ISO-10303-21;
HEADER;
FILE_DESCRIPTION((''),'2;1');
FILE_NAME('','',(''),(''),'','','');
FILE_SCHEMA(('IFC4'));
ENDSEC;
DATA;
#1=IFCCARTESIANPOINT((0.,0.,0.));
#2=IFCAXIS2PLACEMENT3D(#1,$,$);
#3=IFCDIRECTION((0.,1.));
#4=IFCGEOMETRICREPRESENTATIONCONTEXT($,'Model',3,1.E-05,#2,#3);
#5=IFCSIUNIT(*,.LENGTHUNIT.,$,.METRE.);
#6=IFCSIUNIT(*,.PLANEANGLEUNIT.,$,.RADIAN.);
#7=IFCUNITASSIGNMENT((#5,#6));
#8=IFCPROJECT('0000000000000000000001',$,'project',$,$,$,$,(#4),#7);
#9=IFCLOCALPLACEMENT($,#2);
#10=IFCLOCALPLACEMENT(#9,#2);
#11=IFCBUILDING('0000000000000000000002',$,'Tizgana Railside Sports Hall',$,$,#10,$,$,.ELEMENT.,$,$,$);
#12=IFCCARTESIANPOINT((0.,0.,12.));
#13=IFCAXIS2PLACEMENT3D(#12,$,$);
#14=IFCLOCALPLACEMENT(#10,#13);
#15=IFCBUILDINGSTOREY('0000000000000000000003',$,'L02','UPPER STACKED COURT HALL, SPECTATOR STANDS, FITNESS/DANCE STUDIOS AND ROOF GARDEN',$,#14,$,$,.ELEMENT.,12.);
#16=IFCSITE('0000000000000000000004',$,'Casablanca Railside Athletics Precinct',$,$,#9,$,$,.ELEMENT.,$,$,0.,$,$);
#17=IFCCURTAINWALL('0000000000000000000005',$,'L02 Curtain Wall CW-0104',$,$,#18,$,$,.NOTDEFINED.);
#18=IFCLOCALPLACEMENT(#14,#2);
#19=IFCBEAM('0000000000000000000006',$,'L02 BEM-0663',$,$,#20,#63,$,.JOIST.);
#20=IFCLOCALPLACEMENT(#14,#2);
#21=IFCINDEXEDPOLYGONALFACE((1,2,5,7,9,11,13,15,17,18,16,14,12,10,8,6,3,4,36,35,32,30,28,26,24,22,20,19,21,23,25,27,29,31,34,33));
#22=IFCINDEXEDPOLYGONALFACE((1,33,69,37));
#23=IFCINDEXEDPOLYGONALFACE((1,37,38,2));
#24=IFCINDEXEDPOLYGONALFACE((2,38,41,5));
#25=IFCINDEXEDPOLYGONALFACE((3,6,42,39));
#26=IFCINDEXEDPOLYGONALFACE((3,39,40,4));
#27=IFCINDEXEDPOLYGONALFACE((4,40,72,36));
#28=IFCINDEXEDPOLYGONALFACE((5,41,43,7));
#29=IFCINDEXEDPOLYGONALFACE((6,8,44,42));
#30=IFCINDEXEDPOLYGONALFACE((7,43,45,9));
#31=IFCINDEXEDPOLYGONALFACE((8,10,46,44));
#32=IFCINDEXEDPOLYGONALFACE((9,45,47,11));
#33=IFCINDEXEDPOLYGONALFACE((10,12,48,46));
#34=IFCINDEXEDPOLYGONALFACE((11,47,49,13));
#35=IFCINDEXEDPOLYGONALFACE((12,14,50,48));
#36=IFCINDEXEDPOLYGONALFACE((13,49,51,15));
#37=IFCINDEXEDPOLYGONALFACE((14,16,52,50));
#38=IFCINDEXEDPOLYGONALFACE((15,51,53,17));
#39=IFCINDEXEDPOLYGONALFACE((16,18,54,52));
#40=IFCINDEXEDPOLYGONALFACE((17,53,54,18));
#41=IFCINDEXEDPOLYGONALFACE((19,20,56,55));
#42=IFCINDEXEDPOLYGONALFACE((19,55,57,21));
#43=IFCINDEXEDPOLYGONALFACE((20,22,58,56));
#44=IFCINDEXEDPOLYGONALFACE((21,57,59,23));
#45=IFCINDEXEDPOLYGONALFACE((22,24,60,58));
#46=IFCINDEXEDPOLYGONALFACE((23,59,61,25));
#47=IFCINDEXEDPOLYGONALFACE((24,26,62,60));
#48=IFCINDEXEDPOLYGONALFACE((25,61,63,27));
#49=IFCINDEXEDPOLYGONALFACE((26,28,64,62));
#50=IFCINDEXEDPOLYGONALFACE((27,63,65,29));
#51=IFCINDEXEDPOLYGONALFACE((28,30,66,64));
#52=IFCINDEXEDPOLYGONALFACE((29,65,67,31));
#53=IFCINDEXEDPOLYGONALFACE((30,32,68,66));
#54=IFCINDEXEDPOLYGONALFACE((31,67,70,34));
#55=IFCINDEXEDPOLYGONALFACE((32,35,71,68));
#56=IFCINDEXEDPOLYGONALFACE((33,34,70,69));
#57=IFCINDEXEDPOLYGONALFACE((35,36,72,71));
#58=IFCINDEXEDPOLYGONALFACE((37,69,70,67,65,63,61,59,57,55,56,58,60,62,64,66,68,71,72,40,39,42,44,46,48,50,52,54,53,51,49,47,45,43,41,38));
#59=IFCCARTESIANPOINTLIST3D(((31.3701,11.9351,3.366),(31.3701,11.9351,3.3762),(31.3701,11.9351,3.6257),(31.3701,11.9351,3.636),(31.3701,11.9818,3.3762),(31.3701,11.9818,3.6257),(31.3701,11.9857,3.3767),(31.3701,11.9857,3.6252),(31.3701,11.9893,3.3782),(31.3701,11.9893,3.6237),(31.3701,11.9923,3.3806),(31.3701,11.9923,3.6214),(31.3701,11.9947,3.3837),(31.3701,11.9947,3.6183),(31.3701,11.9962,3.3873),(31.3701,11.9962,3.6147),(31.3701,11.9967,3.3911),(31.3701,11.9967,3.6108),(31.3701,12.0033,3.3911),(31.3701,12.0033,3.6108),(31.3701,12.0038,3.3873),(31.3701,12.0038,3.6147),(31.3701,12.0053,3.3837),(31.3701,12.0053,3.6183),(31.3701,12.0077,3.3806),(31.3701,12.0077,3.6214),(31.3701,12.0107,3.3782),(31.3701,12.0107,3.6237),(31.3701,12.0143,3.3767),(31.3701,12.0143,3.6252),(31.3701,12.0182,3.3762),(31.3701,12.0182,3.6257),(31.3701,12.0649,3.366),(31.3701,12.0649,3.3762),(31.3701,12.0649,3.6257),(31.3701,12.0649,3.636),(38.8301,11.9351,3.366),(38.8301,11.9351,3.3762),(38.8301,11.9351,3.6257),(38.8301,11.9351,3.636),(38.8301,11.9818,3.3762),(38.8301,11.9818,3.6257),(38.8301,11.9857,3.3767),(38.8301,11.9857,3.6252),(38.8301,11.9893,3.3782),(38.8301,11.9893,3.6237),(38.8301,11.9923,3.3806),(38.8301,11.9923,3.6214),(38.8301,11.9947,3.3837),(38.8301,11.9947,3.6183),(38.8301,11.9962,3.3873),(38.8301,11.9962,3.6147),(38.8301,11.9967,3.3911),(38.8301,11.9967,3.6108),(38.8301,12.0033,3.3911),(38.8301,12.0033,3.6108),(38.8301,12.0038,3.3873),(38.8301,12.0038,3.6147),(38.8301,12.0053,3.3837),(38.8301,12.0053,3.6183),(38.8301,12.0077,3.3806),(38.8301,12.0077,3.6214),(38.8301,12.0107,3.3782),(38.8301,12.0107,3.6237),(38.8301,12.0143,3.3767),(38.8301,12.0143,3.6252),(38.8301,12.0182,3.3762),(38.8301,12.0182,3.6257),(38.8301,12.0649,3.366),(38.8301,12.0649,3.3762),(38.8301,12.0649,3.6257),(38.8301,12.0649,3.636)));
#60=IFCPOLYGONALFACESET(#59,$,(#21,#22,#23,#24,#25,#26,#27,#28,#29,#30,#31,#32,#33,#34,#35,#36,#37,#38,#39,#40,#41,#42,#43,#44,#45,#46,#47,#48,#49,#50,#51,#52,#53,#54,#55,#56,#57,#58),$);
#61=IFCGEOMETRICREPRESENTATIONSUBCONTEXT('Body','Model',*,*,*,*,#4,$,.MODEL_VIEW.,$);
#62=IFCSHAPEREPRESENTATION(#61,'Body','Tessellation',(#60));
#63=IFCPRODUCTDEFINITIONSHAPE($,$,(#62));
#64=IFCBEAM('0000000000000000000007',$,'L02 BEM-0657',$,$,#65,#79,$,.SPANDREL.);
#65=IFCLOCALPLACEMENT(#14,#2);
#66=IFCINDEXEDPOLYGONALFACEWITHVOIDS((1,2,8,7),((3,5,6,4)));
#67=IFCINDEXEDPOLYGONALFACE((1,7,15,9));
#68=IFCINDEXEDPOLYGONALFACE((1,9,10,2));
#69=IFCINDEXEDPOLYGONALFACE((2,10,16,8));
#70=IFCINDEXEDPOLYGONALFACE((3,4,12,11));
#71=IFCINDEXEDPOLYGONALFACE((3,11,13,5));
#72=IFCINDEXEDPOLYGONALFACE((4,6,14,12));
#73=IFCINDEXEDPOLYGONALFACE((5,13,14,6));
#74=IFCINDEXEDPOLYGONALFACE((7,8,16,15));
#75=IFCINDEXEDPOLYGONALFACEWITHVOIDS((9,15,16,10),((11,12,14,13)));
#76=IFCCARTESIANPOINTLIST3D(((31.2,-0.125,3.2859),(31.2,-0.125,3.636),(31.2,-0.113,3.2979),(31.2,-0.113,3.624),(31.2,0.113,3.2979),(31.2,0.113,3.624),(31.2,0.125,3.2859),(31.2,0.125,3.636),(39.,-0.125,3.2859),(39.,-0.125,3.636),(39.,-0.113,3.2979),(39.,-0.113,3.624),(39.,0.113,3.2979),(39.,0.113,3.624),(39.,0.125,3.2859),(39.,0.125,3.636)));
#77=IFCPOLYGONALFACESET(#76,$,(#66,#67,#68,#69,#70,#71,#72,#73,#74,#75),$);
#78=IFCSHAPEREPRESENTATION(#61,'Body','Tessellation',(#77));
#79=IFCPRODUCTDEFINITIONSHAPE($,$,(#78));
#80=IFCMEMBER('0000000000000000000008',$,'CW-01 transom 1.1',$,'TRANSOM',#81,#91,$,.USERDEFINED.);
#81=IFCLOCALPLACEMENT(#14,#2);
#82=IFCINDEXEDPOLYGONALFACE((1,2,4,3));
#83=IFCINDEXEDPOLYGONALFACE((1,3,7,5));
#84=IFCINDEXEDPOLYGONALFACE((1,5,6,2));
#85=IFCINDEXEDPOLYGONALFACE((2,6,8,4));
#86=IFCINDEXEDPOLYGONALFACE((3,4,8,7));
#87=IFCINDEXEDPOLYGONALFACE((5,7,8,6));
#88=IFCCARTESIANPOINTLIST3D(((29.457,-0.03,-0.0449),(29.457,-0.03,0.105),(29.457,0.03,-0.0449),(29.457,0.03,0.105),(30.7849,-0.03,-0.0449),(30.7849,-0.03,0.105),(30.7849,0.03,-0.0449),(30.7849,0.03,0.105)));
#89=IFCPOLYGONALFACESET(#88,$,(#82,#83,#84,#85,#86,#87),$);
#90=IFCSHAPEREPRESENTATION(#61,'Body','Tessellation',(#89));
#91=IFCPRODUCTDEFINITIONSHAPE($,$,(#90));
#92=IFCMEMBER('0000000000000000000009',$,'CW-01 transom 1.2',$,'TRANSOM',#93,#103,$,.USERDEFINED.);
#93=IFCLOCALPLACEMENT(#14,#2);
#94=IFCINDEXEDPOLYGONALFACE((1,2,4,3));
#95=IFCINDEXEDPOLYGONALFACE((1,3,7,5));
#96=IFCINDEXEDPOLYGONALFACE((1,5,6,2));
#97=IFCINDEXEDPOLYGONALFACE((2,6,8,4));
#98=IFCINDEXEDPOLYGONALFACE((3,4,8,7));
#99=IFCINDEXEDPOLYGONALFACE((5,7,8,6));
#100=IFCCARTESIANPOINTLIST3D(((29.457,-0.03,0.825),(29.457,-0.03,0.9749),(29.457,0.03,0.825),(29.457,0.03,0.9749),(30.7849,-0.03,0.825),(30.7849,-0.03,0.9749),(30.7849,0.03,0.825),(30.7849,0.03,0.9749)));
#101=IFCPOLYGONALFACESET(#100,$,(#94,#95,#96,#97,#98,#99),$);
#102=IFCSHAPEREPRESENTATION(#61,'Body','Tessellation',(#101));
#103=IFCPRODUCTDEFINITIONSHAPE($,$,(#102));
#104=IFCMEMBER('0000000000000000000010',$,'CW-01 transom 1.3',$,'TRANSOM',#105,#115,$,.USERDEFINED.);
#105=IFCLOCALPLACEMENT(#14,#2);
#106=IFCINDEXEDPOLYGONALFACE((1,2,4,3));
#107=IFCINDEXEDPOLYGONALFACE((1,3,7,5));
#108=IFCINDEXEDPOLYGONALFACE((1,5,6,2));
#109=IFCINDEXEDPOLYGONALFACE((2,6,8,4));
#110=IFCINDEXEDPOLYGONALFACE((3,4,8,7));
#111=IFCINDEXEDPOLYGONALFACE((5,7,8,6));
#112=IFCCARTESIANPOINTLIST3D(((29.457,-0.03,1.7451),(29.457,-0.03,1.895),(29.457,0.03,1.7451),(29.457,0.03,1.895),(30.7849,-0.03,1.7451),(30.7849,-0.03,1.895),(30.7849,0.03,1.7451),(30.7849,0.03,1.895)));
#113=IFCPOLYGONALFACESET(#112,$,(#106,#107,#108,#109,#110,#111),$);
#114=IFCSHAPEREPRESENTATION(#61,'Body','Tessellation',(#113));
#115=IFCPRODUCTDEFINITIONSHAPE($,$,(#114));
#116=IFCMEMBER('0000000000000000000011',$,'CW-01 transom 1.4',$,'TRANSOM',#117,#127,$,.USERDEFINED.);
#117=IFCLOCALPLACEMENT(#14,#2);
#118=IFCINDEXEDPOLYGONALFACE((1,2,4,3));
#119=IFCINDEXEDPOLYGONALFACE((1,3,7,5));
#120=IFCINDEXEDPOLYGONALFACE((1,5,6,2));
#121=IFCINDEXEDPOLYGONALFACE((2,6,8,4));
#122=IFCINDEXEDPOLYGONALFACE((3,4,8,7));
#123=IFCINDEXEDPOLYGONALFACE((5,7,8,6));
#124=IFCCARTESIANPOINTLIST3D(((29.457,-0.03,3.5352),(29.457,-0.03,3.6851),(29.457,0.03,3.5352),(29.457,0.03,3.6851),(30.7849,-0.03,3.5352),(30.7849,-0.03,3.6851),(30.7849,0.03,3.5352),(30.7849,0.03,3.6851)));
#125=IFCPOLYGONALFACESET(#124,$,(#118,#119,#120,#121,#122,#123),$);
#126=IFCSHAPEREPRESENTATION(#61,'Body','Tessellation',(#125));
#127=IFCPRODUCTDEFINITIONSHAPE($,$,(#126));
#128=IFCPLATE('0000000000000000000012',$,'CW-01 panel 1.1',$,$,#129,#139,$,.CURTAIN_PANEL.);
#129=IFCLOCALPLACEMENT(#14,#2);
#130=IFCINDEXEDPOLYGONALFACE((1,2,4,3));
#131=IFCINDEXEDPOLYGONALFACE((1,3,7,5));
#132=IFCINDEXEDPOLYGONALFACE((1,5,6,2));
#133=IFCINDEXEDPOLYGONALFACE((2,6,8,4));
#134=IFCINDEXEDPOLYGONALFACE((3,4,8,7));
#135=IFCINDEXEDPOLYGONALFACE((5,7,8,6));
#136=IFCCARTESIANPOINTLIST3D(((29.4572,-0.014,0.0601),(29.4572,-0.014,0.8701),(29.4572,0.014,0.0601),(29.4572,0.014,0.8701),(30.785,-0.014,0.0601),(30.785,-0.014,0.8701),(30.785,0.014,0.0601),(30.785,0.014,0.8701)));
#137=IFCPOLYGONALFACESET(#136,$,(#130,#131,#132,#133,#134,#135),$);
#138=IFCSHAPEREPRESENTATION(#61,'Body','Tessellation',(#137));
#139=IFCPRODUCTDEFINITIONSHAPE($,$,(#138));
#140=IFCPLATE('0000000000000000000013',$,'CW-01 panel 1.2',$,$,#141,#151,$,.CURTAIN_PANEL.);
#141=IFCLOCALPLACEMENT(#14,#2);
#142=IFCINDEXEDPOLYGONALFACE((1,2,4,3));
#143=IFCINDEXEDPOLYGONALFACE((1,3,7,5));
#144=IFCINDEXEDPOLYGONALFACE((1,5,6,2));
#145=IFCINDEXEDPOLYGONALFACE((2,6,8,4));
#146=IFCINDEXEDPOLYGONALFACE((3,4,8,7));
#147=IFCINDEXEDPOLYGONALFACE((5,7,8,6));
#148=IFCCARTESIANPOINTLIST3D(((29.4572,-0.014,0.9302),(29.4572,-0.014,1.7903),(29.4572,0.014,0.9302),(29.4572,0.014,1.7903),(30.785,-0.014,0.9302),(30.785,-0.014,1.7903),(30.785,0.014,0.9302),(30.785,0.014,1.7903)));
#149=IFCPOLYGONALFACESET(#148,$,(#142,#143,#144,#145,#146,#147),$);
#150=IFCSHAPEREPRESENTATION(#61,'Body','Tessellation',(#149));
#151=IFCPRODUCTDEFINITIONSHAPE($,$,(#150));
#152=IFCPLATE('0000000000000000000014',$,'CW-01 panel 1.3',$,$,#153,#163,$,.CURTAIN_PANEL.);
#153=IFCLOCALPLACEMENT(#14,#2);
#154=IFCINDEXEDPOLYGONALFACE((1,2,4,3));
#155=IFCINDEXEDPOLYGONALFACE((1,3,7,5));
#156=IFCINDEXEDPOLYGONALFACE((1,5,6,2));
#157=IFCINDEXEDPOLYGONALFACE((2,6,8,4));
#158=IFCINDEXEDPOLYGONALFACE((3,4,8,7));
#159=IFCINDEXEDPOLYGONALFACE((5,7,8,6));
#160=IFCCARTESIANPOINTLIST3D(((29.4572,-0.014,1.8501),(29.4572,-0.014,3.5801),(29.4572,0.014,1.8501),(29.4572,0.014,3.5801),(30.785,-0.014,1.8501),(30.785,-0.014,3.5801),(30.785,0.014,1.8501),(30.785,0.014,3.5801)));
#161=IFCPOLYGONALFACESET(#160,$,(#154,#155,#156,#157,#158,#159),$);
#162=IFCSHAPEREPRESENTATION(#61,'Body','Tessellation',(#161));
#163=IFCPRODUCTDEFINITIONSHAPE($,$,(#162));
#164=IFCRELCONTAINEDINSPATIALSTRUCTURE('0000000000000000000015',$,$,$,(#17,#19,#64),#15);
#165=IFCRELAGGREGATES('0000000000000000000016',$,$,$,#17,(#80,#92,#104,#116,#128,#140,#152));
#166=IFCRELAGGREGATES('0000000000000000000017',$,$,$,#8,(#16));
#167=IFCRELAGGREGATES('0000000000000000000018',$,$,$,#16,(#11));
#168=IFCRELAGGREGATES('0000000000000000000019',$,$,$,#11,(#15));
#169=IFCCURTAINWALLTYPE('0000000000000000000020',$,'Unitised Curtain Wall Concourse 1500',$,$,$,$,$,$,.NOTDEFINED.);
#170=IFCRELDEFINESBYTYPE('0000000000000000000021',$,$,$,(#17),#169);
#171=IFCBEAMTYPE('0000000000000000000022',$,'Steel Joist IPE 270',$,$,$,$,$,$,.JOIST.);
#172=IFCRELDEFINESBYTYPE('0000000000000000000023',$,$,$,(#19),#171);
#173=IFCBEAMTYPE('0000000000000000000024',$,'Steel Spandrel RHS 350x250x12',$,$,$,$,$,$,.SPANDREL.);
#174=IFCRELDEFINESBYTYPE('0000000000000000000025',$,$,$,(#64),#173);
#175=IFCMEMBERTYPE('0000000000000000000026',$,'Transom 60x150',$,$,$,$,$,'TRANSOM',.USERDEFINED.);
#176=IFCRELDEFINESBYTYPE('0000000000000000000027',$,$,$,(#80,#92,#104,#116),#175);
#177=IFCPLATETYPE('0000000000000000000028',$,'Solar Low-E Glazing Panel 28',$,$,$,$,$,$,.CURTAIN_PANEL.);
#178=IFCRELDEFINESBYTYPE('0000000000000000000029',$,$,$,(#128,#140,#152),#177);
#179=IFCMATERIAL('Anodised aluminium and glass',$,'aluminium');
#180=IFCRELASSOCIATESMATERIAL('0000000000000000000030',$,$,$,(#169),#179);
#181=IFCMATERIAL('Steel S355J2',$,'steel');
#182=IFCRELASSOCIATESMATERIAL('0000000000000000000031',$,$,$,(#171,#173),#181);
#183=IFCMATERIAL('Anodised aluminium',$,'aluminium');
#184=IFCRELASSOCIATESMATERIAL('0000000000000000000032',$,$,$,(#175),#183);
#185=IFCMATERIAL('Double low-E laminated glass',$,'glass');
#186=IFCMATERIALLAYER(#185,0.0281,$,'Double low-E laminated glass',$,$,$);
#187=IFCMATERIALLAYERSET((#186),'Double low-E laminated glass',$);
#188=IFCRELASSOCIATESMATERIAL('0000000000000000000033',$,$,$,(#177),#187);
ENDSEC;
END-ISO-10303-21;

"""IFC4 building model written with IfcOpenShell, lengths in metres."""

from ifc_helpers import new_model, si_unit, direction, frame, origin, origin_2d, place, context, subcontext, project, spatial, rectangle, hollow_rectangle, i_section, extrude, material, layer, layer_set, material_profile, profile_set, type_object, element, aggregate, save


model = new_model("IFC4")

# Units and contexts
model_context = context("Model", 3, precision=1e-05, world=origin(), true_north=direction((0.0, 1.0)))
body_context = subcontext(model_context, "Body", "Model", "MODEL_VIEW")
ifc_project = project(units=[si_unit("LENGTHUNIT", "METRE"), si_unit("PLANEANGLEUNIT", "RADIAN")], contexts=[model_context])

# Site, building, storey
site_placement = place(None, origin())
site = spatial("IfcSite", under=ifc_project, at=site_placement, Name="Casablanca Railside Athletics Precinct", CompositionType="ELEMENT", RefElevation=0.0)
building_placement = place(site_placement, origin())
building = spatial("IfcBuilding", under=site, at=building_placement, Name="Tizgana Railside Sports Hall", CompositionType="ELEMENT")
storey_placement = place(building_placement, frame((0.0, 0.0, 12.0)))
storey = spatial("IfcBuildingStorey", under=building, at=storey_placement, Name="L02", Description="UPPER STACKED COURT HALL, SPECTATOR STANDS, FITNESS/DANCE STUDIOS AND ROOF GARDEN", CompositionType="ELEMENT", Elevation=12.0)

# Curtain wall
ifc_material_1 = material(Name="Anodised aluminium and glass", Category="aluminium")
curtain_wall_type = type_object("IfcCurtainWallType", Name="Unitised Curtain Wall Concourse 1500", PredefinedType="NOTDEFINED", material=ifc_material_1)
curtain_wall_placement = place(storey_placement, origin())
curtain_wall = element("IfcCurtainWall", 1, at=curtain_wall_placement, inside=storey, type_object=curtain_wall_type, Name="L02 Curtain Wall CW-0104", PredefinedType="NOTDEFINED")
ifc_material_2 = material(Name="Anodised aluminium", Category="aluminium")

# Beams
ifc_material_3 = material(Name="Steel S355J2", Category="steel")
ifc_material_profile_1 = material_profile(ifc_material_3, i_section(OverallWidth=0.1299, OverallDepth=0.27, WebThickness=0.0066, FlangeThickness=0.0103, FilletRadius=0.0149, at=origin_2d()), Name="IPE 270")
ifc_profile_set_1 = profile_set([ifc_material_profile_1], Name="Steel S355J2")
beam_type_1 = type_object("IfcBeamType", Name="Steel Joist IPE 270", PredefinedType="JOIST", material=ifc_profile_set_1)
beam_1_placement = place(storey_placement, frame((31.3701, 12.0, 3.501), z_axis=(1.0, 0.0, 0.0), x_axis=(0.0, 1.0, 0.0)))
element("IfcBeam", 2, at=beam_1_placement, inside=storey, type_object=beam_type_1, Name="L02 BEM-0663", PredefinedType="JOIST", context=body_context, shape_type="SweptSolid", body=[
    extrude(i_section(OverallWidth=0.1299, OverallDepth=0.27, WebThickness=0.0066, FlangeThickness=0.0103, FilletRadius=0.0149, at=origin_2d()), origin(), (0.0, 0.0, 1.0), 7.46),
])
ifc_material_profile_2 = material_profile(ifc_material_3, hollow_rectangle(XDim=0.25, YDim=0.3501, WallThickness=0.012, at=origin_2d()), Name="RHS 350x250x12")
ifc_profile_set_2 = profile_set([ifc_material_profile_2], Name="Steel S355J2")
beam_type_2 = type_object("IfcBeamType", Name="Steel Spandrel RHS 350x250x12", PredefinedType="SPANDREL", material=ifc_profile_set_2)
beam_2_placement = place(storey_placement, frame((31.2, 0.0, 3.4609), z_axis=(1.0, 0.0, 0.0), x_axis=(0.0, 1.0, 0.0)))
element("IfcBeam", 3, at=beam_2_placement, inside=storey, type_object=beam_type_2, Name="L02 BEM-0657", PredefinedType="SPANDREL", context=body_context, shape_type="SweptSolid", body=[
    extrude(hollow_rectangle(XDim=0.25, YDim=0.3501, WallThickness=0.012, at=origin_2d()), origin(), (0.0, 0.0, 1.0), 7.8),
])

# Members
ifc_material_profile_3 = material_profile(ifc_material_2, rectangle(XDim=0.0601, YDim=0.1499, at=origin_2d()), Name="Transom 60x150")
ifc_profile_set_3 = profile_set([ifc_material_profile_3], Name="Anodised aluminium")
member_type_1 = type_object("IfcMemberType", Name="Transom 60x150", ElementType="TRANSOM", PredefinedType="USERDEFINED", material=ifc_profile_set_3)
member_1_placement = place(storey_placement, frame((30.7849, 0.0, 0.03), z_axis=(-1.0, 0.0, 0.0), x_axis=(0.0, -1.0, 0.0)))
member_1 = element("IfcMember", 4, at=member_1_placement, type_object=member_type_1, Name="CW-01 transom 1.1", ObjectType="TRANSOM", PredefinedType="USERDEFINED", context=body_context, shape_type="SweptSolid", body=[
    extrude(rectangle(XDim=0.0601, YDim=0.1499, at=origin_2d()), origin(), (0.0, 0.0, 1.0), 1.3279),
])
member_2_placement = place(storey_placement, frame((30.7849, 0.0, 0.8999), z_axis=(-1.0, 0.0, 0.0), x_axis=(0.0, -1.0, 0.0)))
member_2 = element("IfcMember", 5, at=member_2_placement, type_object=member_type_1, Name="CW-01 transom 1.2", ObjectType="TRANSOM", PredefinedType="USERDEFINED", context=body_context, shape_type="SweptSolid", body=[
    extrude(rectangle(XDim=0.0601, YDim=0.1499, at=origin_2d()), origin(), (0.0, 0.0, 1.0), 1.3279),
])
member_3_placement = place(storey_placement, frame((30.7849, 0.0, 1.8201), z_axis=(-1.0, 0.0, 0.0), x_axis=(0.0, -1.0, 0.0)))
member_3 = element("IfcMember", 6, at=member_3_placement, type_object=member_type_1, Name="CW-01 transom 1.3", ObjectType="TRANSOM", PredefinedType="USERDEFINED", context=body_context, shape_type="SweptSolid", body=[
    extrude(rectangle(XDim=0.0601, YDim=0.1499, at=origin_2d()), origin(), (0.0, 0.0, 1.0), 1.3279),
])
member_4_placement = place(storey_placement, frame((30.7849, 0.0, 3.6101), z_axis=(-1.0, 0.0, 0.0), x_axis=(0.0, -1.0, 0.0)))
member_4 = element("IfcMember", 7, at=member_4_placement, type_object=member_type_1, Name="CW-01 transom 1.4", ObjectType="TRANSOM", PredefinedType="USERDEFINED", context=body_context, shape_type="SweptSolid", body=[
    extrude(rectangle(XDim=0.0601, YDim=0.1499, at=origin_2d()), origin(), (0.0, 0.0, 1.0), 1.3279),
])

# Plates
ifc_material_4 = material(Name="Double low-E laminated glass", Category="glass")
ifc_layer_1 = layer(ifc_material_4, 0.0281, Name="Double low-E laminated glass")
ifc_layer_set_1 = layer_set([ifc_layer_1], Name="Double low-E laminated glass")
plate_type = type_object("IfcPlateType", Name="Solar Low-E Glazing Panel 28", PredefinedType="CURTAIN_PANEL", material=ifc_layer_set_1)
plate_1_placement = place(storey_placement, frame((30.1211, 0.0, 0.0601), z_axis=(0.0, 0.0, 1.0), x_axis=(-1.0, 0.0, 0.0)))
plate_1 = element("IfcPlate", 8, at=plate_1_placement, type_object=plate_type, Name="CW-01 panel 1.1", PredefinedType="CURTAIN_PANEL", context=body_context, shape_type="SweptSolid", body=[
    extrude(rectangle(XDim=1.3279, YDim=0.0281, at=origin_2d()), origin(), (0.0, 0.0, 1.0), 0.8101),
])
plate_2_placement = place(storey_placement, frame((30.1211, 0.0, 0.9302), z_axis=(0.0, 0.0, 1.0), x_axis=(-1.0, 0.0, 0.0)))
plate_2 = element("IfcPlate", 9, at=plate_2_placement, type_object=plate_type, Name="CW-01 panel 1.2", PredefinedType="CURTAIN_PANEL", context=body_context, shape_type="SweptSolid", body=[
    extrude(rectangle(XDim=1.3279, YDim=0.0281, at=origin_2d()), origin(), (0.0, 0.0, 1.0), 0.8601),
])
plate_3_placement = place(storey_placement, frame((30.1211, 0.0, 1.8501), z_axis=(0.0, 0.0, 1.0), x_axis=(-1.0, 0.0, 0.0)))
plate_3 = element("IfcPlate", 10, at=plate_3_placement, type_object=plate_type, Name="CW-01 panel 1.3", PredefinedType="CURTAIN_PANEL", context=body_context, shape_type="SweptSolid", body=[
    extrude(rectangle(XDim=1.3279, YDim=0.0281, at=origin_2d()), origin(), (0.0, 0.0, 1.0), 1.73),
])
aggregate(curtain_wall, [member_1, member_2, member_3, member_4, plate_1, plate_2, plate_3])

save(model, "model.ifc")
